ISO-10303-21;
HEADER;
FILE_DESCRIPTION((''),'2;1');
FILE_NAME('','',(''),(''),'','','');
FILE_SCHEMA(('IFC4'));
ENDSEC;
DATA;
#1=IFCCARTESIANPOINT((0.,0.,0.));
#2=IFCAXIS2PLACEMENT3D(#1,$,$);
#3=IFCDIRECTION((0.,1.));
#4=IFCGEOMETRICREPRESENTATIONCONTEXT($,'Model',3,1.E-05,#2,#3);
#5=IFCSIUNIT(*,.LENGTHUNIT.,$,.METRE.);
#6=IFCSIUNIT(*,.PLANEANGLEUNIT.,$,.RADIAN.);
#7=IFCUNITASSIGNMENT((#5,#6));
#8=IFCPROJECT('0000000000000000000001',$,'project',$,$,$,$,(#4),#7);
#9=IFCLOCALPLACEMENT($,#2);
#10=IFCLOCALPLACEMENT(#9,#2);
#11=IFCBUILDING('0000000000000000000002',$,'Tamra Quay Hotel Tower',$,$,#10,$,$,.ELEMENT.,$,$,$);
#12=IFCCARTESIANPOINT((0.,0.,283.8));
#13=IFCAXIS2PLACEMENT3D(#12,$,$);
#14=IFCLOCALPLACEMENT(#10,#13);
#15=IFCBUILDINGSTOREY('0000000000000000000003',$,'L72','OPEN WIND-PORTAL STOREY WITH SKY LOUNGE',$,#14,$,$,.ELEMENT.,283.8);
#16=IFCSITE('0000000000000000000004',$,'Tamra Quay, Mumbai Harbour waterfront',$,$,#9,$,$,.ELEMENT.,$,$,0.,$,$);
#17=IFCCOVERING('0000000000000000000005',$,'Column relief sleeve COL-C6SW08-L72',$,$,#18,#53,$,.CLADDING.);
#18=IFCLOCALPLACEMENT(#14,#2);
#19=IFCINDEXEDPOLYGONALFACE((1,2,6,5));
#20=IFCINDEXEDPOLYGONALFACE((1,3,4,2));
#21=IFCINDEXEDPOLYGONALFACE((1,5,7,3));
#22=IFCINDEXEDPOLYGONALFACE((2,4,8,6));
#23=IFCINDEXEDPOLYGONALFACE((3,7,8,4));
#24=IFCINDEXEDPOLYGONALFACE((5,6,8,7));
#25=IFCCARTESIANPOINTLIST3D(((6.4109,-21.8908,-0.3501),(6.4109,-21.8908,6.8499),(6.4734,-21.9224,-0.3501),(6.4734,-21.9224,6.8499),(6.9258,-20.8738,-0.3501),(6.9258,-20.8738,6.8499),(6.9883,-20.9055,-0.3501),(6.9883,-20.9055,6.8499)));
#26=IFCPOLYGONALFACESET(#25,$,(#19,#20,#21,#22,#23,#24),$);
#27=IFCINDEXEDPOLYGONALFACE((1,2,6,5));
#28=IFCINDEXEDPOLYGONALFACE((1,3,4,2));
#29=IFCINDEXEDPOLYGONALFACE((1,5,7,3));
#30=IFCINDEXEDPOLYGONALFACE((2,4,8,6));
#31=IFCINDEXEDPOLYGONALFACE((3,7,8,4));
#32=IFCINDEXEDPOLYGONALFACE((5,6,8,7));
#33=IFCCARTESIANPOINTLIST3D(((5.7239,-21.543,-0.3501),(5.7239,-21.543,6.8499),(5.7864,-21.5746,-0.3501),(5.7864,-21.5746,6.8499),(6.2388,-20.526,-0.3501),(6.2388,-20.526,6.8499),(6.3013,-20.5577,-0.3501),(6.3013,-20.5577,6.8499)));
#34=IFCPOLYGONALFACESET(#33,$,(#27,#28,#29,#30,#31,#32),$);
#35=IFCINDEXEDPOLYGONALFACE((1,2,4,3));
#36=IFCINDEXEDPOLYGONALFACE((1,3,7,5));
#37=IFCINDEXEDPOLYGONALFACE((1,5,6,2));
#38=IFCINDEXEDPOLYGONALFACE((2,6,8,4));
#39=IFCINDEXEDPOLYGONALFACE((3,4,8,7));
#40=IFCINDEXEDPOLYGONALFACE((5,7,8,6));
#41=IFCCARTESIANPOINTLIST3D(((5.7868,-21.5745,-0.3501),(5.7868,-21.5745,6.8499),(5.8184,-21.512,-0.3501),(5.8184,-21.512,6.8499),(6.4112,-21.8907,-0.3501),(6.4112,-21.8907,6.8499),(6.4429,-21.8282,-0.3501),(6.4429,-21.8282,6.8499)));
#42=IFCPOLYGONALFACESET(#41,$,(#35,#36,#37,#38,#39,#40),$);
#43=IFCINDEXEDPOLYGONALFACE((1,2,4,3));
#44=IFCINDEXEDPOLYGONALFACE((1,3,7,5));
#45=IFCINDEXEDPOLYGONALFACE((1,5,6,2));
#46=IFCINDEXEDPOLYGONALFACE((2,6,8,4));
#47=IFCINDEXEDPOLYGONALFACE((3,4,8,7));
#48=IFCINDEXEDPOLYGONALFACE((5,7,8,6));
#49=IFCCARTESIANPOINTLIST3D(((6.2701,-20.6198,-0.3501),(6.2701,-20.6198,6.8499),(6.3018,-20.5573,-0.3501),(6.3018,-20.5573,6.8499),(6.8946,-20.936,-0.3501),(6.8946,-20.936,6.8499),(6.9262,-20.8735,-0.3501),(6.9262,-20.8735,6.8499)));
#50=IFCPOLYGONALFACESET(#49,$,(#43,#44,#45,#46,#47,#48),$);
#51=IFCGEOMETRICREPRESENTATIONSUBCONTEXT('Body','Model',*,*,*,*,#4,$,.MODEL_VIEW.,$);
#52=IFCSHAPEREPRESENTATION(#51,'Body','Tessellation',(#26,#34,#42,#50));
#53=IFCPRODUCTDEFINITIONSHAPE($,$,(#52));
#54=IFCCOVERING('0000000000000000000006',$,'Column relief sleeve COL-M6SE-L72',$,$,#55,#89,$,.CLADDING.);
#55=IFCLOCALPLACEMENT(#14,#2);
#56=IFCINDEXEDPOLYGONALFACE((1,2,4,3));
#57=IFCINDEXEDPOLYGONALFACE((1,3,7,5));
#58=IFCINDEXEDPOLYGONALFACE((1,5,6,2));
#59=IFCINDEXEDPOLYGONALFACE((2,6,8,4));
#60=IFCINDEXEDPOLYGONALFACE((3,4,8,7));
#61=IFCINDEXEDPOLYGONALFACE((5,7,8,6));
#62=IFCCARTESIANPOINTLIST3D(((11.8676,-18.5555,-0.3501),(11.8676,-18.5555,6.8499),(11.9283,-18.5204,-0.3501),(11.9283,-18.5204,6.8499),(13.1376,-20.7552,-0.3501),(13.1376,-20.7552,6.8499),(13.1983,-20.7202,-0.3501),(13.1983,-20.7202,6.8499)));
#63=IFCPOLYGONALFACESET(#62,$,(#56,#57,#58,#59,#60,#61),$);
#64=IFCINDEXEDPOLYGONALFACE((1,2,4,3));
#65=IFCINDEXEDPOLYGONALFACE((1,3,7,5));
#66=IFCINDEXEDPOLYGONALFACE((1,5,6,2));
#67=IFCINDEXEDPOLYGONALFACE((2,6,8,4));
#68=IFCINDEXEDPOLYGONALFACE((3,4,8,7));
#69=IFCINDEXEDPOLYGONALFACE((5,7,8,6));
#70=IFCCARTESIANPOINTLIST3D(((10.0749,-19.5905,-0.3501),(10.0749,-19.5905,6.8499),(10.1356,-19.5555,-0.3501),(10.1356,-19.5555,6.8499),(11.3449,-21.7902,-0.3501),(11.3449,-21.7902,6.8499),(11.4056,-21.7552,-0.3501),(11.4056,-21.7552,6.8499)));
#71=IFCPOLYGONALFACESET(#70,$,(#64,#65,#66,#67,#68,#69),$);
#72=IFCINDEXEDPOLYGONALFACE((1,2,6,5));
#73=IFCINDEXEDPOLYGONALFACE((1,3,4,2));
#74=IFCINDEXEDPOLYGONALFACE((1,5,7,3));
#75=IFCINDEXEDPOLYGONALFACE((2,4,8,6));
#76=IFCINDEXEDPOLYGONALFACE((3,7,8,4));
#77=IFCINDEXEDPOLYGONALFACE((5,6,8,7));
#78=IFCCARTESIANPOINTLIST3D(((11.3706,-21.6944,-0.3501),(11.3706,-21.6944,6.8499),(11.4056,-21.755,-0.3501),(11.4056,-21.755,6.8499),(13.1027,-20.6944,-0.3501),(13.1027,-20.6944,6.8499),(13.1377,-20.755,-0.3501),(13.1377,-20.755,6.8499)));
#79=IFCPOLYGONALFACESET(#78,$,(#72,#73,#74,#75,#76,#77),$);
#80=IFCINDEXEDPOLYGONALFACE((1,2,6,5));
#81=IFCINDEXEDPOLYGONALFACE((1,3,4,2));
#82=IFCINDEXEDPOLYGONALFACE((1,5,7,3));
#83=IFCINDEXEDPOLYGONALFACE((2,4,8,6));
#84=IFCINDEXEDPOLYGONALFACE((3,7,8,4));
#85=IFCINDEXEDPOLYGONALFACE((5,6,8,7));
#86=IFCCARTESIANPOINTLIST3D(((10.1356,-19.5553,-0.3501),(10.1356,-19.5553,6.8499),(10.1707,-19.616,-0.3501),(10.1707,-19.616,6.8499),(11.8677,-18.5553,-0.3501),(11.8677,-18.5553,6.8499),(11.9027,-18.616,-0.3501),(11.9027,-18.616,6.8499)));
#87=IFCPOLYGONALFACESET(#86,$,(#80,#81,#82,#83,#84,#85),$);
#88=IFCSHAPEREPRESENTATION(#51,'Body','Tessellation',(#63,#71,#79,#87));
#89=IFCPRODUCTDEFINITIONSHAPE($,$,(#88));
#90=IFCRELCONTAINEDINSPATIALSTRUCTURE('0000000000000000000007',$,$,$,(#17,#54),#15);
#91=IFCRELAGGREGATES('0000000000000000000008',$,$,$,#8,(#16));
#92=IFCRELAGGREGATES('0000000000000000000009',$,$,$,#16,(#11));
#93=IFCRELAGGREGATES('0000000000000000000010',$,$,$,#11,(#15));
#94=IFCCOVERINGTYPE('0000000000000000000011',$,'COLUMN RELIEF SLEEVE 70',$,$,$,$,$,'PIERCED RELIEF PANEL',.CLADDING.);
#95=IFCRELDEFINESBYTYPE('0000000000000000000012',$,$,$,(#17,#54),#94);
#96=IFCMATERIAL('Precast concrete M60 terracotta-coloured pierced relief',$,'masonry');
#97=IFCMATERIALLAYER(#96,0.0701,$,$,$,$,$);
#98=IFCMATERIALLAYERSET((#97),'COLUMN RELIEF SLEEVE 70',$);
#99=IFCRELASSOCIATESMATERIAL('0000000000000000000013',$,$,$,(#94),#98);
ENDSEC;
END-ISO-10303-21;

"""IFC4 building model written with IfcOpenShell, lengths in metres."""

from ifc_helpers import new_model, si_unit, direction, frame, frame_2d, origin, place, context, subcontext, project, spatial, rectangle, extrude, source, transform, mapped, material, layer, layer_set, type_object, element, save


model = new_model("IFC4")

# Units and contexts
model_context = context("Model", 3, precision=1e-05, world=origin(), true_north=direction((0.0, 1.0)))
body_context = subcontext(model_context, "Body", "Model", "MODEL_VIEW")
ifc_project = project(units=[si_unit("LENGTHUNIT", "METRE"), si_unit("PLANEANGLEUNIT", "RADIAN")], contexts=[model_context])

# Site, building, storey
site_placement = place(None, origin())
site = spatial("IfcSite", under=ifc_project, at=site_placement, Name="Tamra Quay, Mumbai Harbour waterfront", CompositionType="ELEMENT", RefElevation=0.0)
building_placement = place(site_placement, origin())
building = spatial("IfcBuilding", under=site, at=building_placement, Name="Tamra Quay Hotel Tower", CompositionType="ELEMENT")
storey_placement = place(building_placement, frame((0.0, 0.0, 283.8)))
storey = spatial("IfcBuildingStorey", under=building, at=storey_placement, Name="L72", Description="OPEN WIND-PORTAL STOREY WITH SKY LOUNGE", CompositionType="ELEMENT", Elevation=283.8)

# Shared definitions
ifc_material_1 = material(Name="Precast concrete M60 terracotta-coloured pierced relief", Category="masonry")

# Coverings
ifc_layer_1 = layer(ifc_material_1, 0.0701)
ifc_layer_set_1 = layer_set([ifc_layer_1], Name="COLUMN RELIEF SLEEVE 70")
covering_type_1 = type_object("IfcCoveringType", Name="COLUMN RELIEF SLEEVE 70", ElementType="PIERCED RELIEF PANEL", PredefinedType="CLADDING", material=ifc_layer_set_1)
shared_shape_1 = source(origin(), body_context, "Body", "SweptSolid", [
    extrude(rectangle(XDim=1.1399, YDim=0.0701, at=frame_2d((0.5698, 0.0352))), frame((-0.5701, -0.4199, 0.0)), (0.0, 0.0, 1.0), 7.2),
    extrude(rectangle(XDim=1.1399, YDim=0.0701, at=frame_2d((0.5698, 0.0352))), frame((-0.5701, 0.3501, 0.0)), (0.0, 0.0, 1.0), 7.2),
    extrude(rectangle(XDim=0.0701, YDim=0.7, at=frame_2d((0.0352, 0.3501))), frame((-0.5701, -0.3501, 0.0)), (0.0, 0.0, 1.0), 7.2),
    extrude(rectangle(XDim=0.0701, YDim=0.7, at=frame_2d((0.0352, 0.3501))), frame((0.5, -0.3501, 0.0)), (0.0, 0.0, 1.0), 7.2),
])
for number, where, z_axis, x_axis, name in (
    (1, (6.3564, -21.2241, -0.3501), (0.0, 0.0, 1.0), (0.451686, 0.892177, 0.0), "Column relief sleeve COL-C6SW08-L72"),
):
    element("IfcCovering", number, at=place(storey_placement, frame(where, z_axis=z_axis, x_axis=x_axis)), inside=storey, type_object=covering_type_1, Name=name, PredefinedType="CLADDING", context=body_context, shape_type="MappedRepresentation", body=[
        mapped(shared_shape_1, transform((0.0, 0.0, 0.0), scale=1.0)),
    ])
shared_shape_2 = source(origin(), body_context, "Body", "SweptSolid", [
    extrude(rectangle(XDim=2.54, YDim=0.0701, at=frame_2d((1.27, 0.0352))), frame((-1.27, -1.0701, 0.0)), (0.0, 0.0, 1.0), 7.2),
    extrude(rectangle(XDim=2.54, YDim=0.0701, at=frame_2d((1.27, 0.0352))), frame((-1.27, 1.0, 0.0)), (0.0, 0.0, 1.0), 7.2),
    extrude(rectangle(XDim=0.0701, YDim=2.0, at=frame_2d((0.0352, 1.0))), frame((-1.27, -1.0, 0.0)), (0.0, 0.0, 1.0), 7.2),
    extrude(rectangle(XDim=0.0701, YDim=2.0, at=frame_2d((0.0352, 1.0))), frame((1.2, -1.0, 0.0)), (0.0, 0.0, 1.0), 7.2),
])
covering_placement = place(storey_placement, frame((11.6367, -20.1553, -0.3501), z_axis=(0.0, 0.0, 1.0), x_axis=(-0.5, 0.866025, 0.0)))
element("IfcCovering", 2, at=covering_placement, inside=storey, type_object=covering_type_1, Name="Column relief sleeve COL-M6SE-L72", PredefinedType="CLADDING", context=body_context, shape_type="MappedRepresentation", body=[
    mapped(shared_shape_2, transform((0.0, 0.0, 0.0), scale=1.0)),
])

save(model, "model.ifc")
